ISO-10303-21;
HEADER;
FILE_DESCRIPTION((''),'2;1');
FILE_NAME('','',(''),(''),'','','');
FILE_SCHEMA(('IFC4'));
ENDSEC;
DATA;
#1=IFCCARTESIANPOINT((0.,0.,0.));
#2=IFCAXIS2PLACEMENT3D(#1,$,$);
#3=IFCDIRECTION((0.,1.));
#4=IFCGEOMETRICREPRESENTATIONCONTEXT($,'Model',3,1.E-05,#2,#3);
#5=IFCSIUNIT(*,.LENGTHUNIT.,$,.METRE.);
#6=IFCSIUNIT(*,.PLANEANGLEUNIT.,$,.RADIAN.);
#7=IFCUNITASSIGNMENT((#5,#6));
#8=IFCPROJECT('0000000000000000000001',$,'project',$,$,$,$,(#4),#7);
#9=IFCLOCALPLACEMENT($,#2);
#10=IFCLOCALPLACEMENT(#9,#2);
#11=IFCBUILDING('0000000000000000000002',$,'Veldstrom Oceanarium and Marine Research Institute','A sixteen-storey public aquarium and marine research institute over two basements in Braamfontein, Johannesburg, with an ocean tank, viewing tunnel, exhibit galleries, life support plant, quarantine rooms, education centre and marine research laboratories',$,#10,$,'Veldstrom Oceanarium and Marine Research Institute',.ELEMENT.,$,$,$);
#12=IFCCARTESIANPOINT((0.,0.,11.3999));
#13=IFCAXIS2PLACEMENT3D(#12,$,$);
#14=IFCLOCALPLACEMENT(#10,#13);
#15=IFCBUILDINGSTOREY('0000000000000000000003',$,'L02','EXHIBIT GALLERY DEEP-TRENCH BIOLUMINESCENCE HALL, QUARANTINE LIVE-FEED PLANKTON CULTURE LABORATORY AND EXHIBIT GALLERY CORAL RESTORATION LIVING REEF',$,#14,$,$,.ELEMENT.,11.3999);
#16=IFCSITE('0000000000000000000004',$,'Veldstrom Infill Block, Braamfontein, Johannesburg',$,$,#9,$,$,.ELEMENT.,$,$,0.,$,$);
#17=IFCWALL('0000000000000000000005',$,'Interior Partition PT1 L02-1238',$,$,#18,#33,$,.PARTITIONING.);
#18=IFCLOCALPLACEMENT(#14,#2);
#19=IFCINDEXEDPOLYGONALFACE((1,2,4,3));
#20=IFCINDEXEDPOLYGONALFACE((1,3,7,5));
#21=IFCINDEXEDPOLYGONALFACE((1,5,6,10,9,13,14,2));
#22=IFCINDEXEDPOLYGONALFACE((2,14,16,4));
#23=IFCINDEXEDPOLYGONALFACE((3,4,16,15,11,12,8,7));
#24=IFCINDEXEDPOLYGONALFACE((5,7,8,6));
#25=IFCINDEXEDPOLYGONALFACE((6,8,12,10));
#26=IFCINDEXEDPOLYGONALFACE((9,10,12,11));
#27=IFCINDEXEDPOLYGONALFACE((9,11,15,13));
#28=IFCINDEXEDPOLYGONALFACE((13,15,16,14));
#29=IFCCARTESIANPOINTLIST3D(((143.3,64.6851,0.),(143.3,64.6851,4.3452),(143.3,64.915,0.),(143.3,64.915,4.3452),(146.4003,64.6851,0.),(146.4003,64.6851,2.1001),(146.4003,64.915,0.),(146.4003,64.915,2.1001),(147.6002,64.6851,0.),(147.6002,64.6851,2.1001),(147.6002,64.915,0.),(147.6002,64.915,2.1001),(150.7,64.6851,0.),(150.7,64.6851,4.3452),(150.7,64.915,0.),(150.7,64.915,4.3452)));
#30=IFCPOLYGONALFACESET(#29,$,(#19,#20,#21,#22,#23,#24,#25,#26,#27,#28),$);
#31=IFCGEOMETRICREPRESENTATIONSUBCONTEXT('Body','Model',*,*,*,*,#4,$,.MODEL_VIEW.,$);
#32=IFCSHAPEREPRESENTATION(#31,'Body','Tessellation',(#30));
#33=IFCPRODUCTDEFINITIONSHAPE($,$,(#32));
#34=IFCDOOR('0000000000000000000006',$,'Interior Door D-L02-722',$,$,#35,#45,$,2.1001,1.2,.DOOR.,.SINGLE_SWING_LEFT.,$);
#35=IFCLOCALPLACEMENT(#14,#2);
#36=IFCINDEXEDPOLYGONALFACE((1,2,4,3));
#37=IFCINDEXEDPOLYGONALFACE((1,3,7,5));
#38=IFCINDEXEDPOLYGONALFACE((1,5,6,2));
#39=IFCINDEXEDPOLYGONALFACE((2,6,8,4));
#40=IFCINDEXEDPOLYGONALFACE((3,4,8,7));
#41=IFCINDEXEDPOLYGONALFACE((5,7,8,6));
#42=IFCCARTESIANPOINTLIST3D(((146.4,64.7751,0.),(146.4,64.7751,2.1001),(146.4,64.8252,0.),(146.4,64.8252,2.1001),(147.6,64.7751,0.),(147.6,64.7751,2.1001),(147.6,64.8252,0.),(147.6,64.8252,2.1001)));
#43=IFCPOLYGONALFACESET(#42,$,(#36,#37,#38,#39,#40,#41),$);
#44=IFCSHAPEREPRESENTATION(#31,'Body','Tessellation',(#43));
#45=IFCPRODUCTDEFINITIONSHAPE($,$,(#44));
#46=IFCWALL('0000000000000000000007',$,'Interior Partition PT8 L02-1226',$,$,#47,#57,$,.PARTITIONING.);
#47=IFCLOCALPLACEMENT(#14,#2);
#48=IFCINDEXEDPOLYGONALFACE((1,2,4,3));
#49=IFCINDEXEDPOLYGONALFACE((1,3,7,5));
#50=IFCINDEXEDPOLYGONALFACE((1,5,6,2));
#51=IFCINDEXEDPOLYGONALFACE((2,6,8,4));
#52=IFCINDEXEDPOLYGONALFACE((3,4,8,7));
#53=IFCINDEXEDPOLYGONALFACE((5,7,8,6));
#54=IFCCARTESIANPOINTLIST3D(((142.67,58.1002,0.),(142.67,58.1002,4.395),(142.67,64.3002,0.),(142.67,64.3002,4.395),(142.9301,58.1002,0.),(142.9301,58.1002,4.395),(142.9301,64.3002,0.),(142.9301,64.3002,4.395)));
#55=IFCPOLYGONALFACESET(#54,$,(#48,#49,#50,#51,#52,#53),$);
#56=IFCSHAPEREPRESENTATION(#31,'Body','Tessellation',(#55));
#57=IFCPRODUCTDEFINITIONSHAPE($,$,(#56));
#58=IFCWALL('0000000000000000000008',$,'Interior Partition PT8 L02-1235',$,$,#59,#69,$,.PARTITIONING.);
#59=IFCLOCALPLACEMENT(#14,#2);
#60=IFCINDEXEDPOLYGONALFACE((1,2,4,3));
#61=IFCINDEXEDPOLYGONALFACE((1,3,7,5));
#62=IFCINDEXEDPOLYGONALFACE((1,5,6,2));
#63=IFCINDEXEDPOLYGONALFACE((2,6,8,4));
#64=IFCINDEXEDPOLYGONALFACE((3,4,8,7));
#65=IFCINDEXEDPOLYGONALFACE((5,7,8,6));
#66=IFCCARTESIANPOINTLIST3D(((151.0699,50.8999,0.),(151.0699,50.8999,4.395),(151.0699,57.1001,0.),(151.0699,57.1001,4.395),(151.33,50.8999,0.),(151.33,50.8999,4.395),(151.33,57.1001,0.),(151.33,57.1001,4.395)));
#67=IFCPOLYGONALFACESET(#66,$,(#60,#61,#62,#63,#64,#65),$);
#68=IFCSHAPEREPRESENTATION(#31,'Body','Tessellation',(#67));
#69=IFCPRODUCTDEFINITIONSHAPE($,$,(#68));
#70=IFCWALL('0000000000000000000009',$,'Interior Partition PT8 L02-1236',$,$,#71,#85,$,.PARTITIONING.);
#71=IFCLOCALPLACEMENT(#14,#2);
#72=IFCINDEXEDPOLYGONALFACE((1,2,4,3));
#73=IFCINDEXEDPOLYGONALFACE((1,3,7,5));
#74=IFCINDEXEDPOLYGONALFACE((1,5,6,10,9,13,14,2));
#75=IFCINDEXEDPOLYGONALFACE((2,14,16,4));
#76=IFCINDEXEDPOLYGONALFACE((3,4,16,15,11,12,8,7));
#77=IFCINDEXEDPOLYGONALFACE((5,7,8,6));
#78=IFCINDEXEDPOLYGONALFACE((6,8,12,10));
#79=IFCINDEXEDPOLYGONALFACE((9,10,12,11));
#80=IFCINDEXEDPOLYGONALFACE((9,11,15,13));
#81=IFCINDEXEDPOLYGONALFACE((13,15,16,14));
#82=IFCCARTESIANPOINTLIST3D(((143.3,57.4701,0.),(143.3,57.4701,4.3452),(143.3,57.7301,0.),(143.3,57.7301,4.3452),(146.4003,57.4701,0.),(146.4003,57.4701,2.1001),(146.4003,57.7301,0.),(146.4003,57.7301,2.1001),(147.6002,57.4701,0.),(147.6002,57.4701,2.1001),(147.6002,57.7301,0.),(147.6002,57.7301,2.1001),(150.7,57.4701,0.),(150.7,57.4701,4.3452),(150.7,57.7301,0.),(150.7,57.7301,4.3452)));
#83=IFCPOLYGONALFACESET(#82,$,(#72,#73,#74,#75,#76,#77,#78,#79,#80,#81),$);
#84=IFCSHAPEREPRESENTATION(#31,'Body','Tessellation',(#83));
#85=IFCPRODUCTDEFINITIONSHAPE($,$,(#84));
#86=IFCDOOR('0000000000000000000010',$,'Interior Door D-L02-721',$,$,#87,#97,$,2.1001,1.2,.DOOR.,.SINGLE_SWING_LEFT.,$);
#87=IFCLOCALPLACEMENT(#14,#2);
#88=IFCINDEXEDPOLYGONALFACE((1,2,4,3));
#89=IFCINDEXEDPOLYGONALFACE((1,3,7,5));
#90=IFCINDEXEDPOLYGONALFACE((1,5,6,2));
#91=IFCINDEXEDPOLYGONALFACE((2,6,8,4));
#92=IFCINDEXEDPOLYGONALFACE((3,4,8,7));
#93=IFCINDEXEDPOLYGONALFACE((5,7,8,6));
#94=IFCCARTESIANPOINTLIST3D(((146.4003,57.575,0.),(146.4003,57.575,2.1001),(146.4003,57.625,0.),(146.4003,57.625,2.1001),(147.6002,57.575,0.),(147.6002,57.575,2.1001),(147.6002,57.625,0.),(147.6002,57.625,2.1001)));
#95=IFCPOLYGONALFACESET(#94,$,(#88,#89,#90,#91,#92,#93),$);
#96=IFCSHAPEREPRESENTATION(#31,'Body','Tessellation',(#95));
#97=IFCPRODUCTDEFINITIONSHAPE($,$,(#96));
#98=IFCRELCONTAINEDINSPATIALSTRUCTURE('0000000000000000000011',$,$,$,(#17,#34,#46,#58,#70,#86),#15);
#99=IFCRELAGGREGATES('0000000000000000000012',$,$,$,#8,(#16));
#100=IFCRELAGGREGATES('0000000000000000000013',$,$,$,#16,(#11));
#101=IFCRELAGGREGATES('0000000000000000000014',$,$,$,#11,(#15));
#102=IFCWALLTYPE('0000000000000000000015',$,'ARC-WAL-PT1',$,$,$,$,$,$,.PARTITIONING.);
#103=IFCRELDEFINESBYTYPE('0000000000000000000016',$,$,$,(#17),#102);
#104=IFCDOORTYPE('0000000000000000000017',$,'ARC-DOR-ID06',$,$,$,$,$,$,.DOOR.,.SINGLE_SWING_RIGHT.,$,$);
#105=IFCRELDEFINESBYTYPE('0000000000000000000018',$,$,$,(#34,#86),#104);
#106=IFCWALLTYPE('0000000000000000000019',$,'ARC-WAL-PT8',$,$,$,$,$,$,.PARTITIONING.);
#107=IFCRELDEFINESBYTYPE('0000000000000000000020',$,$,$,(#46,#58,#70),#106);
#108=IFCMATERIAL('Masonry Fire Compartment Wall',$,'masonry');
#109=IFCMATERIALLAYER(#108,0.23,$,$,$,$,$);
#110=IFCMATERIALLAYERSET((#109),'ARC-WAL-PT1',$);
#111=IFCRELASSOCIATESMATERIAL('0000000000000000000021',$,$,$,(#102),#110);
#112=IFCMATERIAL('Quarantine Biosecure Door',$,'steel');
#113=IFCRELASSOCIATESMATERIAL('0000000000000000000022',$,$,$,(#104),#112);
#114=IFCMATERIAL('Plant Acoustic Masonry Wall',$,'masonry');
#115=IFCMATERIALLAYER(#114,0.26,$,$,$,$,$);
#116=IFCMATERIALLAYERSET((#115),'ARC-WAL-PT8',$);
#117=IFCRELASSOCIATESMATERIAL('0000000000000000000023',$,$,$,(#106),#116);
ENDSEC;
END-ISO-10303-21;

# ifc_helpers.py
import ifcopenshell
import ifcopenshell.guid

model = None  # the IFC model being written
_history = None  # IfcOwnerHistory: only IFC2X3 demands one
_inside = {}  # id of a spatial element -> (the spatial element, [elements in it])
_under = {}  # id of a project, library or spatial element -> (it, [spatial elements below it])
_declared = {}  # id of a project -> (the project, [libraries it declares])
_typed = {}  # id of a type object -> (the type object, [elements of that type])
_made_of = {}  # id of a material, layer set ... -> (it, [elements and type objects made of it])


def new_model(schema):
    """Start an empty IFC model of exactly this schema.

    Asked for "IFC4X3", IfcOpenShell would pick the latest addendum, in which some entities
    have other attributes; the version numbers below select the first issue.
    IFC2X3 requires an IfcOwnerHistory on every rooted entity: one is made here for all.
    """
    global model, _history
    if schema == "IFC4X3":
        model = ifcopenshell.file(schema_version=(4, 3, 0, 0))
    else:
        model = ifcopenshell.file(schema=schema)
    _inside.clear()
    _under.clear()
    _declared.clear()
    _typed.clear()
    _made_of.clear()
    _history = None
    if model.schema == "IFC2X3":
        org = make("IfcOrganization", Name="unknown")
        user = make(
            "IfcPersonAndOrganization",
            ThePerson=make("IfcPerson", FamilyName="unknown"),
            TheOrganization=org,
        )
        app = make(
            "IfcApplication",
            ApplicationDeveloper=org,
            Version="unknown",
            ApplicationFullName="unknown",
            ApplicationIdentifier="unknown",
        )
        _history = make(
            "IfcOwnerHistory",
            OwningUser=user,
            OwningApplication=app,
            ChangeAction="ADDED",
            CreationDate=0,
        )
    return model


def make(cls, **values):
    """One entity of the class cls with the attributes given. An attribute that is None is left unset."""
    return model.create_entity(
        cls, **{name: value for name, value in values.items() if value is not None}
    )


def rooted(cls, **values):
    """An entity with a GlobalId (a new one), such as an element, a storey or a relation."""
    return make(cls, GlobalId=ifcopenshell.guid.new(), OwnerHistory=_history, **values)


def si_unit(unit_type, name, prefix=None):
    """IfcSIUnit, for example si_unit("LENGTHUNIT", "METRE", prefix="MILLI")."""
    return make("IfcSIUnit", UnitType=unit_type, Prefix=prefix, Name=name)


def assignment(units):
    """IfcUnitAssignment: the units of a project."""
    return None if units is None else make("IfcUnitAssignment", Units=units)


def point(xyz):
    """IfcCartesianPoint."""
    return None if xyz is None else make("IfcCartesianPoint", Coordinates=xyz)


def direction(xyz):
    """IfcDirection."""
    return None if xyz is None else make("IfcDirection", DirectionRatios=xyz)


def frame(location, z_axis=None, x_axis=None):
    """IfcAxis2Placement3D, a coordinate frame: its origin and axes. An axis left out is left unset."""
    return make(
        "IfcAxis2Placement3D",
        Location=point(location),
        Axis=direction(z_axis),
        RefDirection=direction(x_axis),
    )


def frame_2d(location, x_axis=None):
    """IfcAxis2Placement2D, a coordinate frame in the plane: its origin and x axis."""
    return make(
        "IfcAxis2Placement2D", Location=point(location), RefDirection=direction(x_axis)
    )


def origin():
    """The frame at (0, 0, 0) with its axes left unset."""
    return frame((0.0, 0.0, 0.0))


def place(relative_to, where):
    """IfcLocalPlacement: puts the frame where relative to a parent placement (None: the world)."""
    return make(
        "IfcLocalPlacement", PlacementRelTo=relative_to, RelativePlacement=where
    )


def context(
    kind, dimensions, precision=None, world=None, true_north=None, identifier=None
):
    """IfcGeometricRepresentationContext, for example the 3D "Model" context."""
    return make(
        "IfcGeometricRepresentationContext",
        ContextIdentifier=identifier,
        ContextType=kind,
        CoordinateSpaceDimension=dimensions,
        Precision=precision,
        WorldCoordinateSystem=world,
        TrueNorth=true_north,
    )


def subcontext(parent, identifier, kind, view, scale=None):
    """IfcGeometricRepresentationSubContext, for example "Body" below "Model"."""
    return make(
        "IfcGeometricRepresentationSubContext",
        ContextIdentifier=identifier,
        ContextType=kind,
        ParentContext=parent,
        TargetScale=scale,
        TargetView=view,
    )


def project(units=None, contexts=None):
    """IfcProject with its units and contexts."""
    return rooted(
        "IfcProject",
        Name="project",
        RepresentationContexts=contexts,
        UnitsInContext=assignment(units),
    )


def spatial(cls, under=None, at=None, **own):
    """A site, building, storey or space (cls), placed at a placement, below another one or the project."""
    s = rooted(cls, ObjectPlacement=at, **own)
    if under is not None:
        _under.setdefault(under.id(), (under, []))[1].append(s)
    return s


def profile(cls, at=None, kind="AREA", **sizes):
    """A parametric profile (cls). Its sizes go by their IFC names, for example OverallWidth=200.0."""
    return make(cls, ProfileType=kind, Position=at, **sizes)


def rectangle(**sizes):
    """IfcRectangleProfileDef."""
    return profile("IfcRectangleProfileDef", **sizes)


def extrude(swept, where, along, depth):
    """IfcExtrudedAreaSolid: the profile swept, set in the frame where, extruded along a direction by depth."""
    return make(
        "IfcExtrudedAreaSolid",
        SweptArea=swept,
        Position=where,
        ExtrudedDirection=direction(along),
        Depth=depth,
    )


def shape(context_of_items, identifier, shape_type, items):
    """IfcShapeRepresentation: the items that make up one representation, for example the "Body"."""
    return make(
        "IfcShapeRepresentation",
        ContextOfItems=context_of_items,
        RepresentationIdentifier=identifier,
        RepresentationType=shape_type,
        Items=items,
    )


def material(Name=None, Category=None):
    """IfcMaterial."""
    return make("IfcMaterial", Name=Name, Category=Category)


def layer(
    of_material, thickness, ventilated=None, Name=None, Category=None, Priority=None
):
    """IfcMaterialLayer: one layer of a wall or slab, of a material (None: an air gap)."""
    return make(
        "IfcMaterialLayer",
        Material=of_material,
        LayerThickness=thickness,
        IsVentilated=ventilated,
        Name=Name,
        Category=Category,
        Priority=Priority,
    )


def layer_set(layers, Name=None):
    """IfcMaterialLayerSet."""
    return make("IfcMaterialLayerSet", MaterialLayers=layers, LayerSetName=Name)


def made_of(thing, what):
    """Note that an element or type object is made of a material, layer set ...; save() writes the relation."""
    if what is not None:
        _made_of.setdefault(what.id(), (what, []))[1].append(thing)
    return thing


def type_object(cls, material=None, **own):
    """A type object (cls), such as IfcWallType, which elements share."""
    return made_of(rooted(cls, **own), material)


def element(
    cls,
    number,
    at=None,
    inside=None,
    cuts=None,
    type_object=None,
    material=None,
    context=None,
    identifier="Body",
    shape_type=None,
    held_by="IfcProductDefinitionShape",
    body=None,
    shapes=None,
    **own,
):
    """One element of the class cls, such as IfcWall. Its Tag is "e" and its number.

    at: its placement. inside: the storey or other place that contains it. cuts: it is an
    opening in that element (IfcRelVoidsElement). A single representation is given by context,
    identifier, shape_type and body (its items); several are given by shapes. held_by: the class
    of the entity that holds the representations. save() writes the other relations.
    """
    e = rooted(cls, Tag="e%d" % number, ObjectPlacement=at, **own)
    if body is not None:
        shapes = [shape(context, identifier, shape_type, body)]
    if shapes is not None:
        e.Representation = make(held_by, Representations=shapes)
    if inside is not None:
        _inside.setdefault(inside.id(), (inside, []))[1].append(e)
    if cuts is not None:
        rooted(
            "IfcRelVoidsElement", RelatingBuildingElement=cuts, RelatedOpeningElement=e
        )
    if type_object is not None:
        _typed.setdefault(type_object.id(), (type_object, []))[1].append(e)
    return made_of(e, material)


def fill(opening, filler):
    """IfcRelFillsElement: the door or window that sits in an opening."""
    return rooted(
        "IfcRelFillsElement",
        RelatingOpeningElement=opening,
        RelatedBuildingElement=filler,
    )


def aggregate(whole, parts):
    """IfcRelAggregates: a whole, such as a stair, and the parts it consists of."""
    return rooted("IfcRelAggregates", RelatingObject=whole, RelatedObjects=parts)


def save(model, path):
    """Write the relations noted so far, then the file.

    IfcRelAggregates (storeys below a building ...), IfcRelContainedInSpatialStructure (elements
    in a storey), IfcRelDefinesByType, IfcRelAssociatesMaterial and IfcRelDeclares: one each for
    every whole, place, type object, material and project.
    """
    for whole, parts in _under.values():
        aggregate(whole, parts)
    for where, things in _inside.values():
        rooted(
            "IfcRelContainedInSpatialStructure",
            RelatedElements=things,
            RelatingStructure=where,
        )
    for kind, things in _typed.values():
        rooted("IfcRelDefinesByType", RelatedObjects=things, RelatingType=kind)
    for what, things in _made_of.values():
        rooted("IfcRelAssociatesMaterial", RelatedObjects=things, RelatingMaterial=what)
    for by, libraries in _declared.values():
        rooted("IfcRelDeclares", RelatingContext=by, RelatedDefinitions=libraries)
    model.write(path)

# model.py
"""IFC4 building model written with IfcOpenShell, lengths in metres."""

from ifc_helpers import new_model, si_unit, direction, frame, frame_2d, origin, place, context, subcontext, project, spatial, rectangle, extrude, material, layer, layer_set, type_object, element, fill, save


model = new_model("IFC4")

# Units and contexts
model_context = context("Model", 3, precision=1e-05, world=origin(), true_north=direction((0.0, 1.0)))
body_context = subcontext(model_context, "Body", "Model", "MODEL_VIEW")
ifc_project = project(units=[si_unit("LENGTHUNIT", "METRE"), si_unit("PLANEANGLEUNIT", "RADIAN")], contexts=[model_context])

# Site, building, storey
site_placement = place(None, origin())
site = spatial("IfcSite", under=ifc_project, at=site_placement, Name="Veldstrom Infill Block, Braamfontein, Johannesburg", CompositionType="ELEMENT", RefElevation=0.0)
building_placement = place(site_placement, origin())
building = spatial("IfcBuilding", under=site, at=building_placement, Name="Veldstrom Oceanarium and Marine Research Institute", Description="A sixteen-storey public aquarium and marine research institute over two basements in Braamfontein, Johannesburg, with an ocean tank, viewing tunnel, exhibit galleries, life support plant, quarantine rooms, education centre and marine research laboratories", LongName="Veldstrom Oceanarium and Marine Research Institute", CompositionType="ELEMENT")
storey_placement = place(building_placement, frame((0.0, 0.0, 11.3999)))
storey = spatial("IfcBuildingStorey", under=building, at=storey_placement, Name="L02", Description="EXHIBIT GALLERY DEEP-TRENCH BIOLUMINESCENCE HALL, QUARANTINE LIVE-FEED PLANKTON CULTURE LABORATORY AND EXHIBIT GALLERY CORAL RESTORATION LIVING REEF", CompositionType="ELEMENT", Elevation=11.3999)

# Shared definitions
ifc_material_1 = material(Name="Masonry Fire Compartment Wall", Category="masonry")
ifc_layer_1 = layer(ifc_material_1, 0.23)
ifc_layer_set_1 = layer_set([ifc_layer_1], Name="ARC-WAL-PT1")
wall_type_1 = type_object("IfcWallType", Name="ARC-WAL-PT1", PredefinedType="PARTITIONING", material=ifc_layer_set_1)

# Wall, opening, door
wall_1_placement = place(storey_placement, frame((143.3, 64.8, 0.0), z_axis=(0.0, 0.0, 1.0), x_axis=(1.0, 0.0, 0.0)))
wall_1 = element("IfcWall", 1, at=wall_1_placement, inside=storey, type_object=wall_type_1, Name="Interior Partition PT1 L02-1238", PredefinedType="PARTITIONING", context=body_context, shape_type="SweptSolid", body=[
    extrude(rectangle(XDim=7.3999, YDim=0.23, at=frame_2d((3.7, 0.0))), origin(), (0.0, 0.0, 1.0), 4.3452),
])
opening_1_placement = place(wall_1_placement, frame((3.1001, 0.0, 0.0)))
opening_1 = element("IfcOpeningElement", 2, at=opening_1_placement, cuts=wall_1, PredefinedType="OPENING", context=body_context, shape_type="SweptSolid", body=[
    extrude(rectangle(XDim=1.2, YDim=2.1001, at=frame_2d((0.6001, 1.05))), frame((0.0, 0.125, 0.0), z_axis=(0.0, -1.0, 0.0), x_axis=(1.0, 0.0, 0.0)), (0.0, 0.0, 1.0), 0.25),
])
ifc_material_2 = material(Name="Quarantine Biosecure Door", Category="steel")
door_type = type_object("IfcDoorType", Name="ARC-DOR-ID06", OperationType="SINGLE_SWING_RIGHT", PredefinedType="DOOR", material=ifc_material_2)
door_1_placement = place(opening_1_placement, frame((1.2, 0.0, 0.0), z_axis=(0.0, 0.0, 1.0), x_axis=(-1.0, 0.0, 0.0)))
door_1 = element("IfcDoor", 3, at=door_1_placement, inside=storey, type_object=door_type, Name="Interior Door D-L02-722", OperationType="SINGLE_SWING_LEFT", OverallHeight=2.1001, OverallWidth=1.2, PredefinedType="DOOR", context=body_context, shape_type="SweptSolid", body=[
    extrude(rectangle(XDim=1.2, YDim=2.1001, at=frame_2d((0.6001, 1.05))), frame((0.0, 0.0249, 0.0), z_axis=(0.0, -1.0, 0.0), x_axis=(1.0, 0.0, 0.0)), (0.0, 0.0, 1.0), 0.05),
])
fill(opening_1, door_1)

# Walls
ifc_material_3 = material(Name="Plant Acoustic Masonry Wall", Category="masonry")
ifc_layer_2 = layer(ifc_material_3, 0.26)
ifc_layer_set_2 = layer_set([ifc_layer_2], Name="ARC-WAL-PT8")
wall_type_2 = type_object("IfcWallType", Name="ARC-WAL-PT8", PredefinedType="PARTITIONING", material=ifc_layer_set_2)
wall_2_placement = place(storey_placement, frame((142.8, 58.1001, 0.0), z_axis=(0.0, 0.0, 1.0), x_axis=(0.0, 1.0, 0.0)))
element("IfcWall", 4, at=wall_2_placement, inside=storey, type_object=wall_type_2, Name="Interior Partition PT8 L02-1226", PredefinedType="PARTITIONING", context=body_context, shape_type="SweptSolid", body=[
    extrude(rectangle(XDim=6.2, YDim=0.26, at=frame_2d((3.1001, 0.0))), origin(), (0.0, 0.0, 1.0), 4.395),
])
wall_3_placement = place(storey_placement, frame((151.2, 50.8999, 0.0), z_axis=(0.0, 0.0, 1.0), x_axis=(0.0, 1.0, 0.0)))
element("IfcWall", 5, at=wall_3_placement, inside=storey, type_object=wall_type_2, Name="Interior Partition PT8 L02-1235", PredefinedType="PARTITIONING", context=body_context, shape_type="SweptSolid", body=[
    extrude(rectangle(XDim=6.2002, YDim=0.26, at=frame_2d((3.1001, 0.0))), origin(), (0.0, 0.0, 1.0), 4.395),
])

# Wall, opening, door
wall_4_placement = place(storey_placement, frame((143.3, 57.6001, 0.0), z_axis=(0.0, 0.0, 1.0), x_axis=(1.0, 0.0, 0.0)))
wall_4 = element("IfcWall", 6, at=wall_4_placement, inside=storey, type_object=wall_type_2, Name="Interior Partition PT8 L02-1236", PredefinedType="PARTITIONING", context=body_context, shape_type="SweptSolid", body=[
    extrude(rectangle(XDim=7.3999, YDim=0.26, at=frame_2d((3.7, 0.0))), origin(), (0.0, 0.0, 1.0), 4.3452),
])
opening_2_placement = place(wall_4_placement, frame((3.1001, 0.0, 0.0)))
opening_2 = element("IfcOpeningElement", 7, at=opening_2_placement, cuts=wall_4, PredefinedType="OPENING", context=body_context, shape_type="SweptSolid", body=[
    extrude(rectangle(XDim=1.2, YDim=2.1001, at=frame_2d((0.6001, 1.05))), frame((0.0, 0.1399, 0.0), z_axis=(0.0, -1.0, 0.0), x_axis=(1.0, 0.0, 0.0)), (0.0, 0.0, 1.0), 0.28),
])
door_2_placement = place(opening_2_placement, origin())
door_2 = element("IfcDoor", 8, at=door_2_placement, inside=storey, type_object=door_type, Name="Interior Door D-L02-721", OperationType="SINGLE_SWING_LEFT", OverallHeight=2.1001, OverallWidth=1.2, PredefinedType="DOOR", context=body_context, shape_type="SweptSolid", body=[
    extrude(rectangle(XDim=1.2, YDim=2.1001, at=frame_2d((0.6001, 1.05))), frame((0.0, 0.0249, 0.0), z_axis=(0.0, -1.0, 0.0), x_axis=(1.0, 0.0, 0.0)), (0.0, 0.0, 1.0), 0.05),
])
fill(opening_2, door_2)

save(model, "model.ifc")
